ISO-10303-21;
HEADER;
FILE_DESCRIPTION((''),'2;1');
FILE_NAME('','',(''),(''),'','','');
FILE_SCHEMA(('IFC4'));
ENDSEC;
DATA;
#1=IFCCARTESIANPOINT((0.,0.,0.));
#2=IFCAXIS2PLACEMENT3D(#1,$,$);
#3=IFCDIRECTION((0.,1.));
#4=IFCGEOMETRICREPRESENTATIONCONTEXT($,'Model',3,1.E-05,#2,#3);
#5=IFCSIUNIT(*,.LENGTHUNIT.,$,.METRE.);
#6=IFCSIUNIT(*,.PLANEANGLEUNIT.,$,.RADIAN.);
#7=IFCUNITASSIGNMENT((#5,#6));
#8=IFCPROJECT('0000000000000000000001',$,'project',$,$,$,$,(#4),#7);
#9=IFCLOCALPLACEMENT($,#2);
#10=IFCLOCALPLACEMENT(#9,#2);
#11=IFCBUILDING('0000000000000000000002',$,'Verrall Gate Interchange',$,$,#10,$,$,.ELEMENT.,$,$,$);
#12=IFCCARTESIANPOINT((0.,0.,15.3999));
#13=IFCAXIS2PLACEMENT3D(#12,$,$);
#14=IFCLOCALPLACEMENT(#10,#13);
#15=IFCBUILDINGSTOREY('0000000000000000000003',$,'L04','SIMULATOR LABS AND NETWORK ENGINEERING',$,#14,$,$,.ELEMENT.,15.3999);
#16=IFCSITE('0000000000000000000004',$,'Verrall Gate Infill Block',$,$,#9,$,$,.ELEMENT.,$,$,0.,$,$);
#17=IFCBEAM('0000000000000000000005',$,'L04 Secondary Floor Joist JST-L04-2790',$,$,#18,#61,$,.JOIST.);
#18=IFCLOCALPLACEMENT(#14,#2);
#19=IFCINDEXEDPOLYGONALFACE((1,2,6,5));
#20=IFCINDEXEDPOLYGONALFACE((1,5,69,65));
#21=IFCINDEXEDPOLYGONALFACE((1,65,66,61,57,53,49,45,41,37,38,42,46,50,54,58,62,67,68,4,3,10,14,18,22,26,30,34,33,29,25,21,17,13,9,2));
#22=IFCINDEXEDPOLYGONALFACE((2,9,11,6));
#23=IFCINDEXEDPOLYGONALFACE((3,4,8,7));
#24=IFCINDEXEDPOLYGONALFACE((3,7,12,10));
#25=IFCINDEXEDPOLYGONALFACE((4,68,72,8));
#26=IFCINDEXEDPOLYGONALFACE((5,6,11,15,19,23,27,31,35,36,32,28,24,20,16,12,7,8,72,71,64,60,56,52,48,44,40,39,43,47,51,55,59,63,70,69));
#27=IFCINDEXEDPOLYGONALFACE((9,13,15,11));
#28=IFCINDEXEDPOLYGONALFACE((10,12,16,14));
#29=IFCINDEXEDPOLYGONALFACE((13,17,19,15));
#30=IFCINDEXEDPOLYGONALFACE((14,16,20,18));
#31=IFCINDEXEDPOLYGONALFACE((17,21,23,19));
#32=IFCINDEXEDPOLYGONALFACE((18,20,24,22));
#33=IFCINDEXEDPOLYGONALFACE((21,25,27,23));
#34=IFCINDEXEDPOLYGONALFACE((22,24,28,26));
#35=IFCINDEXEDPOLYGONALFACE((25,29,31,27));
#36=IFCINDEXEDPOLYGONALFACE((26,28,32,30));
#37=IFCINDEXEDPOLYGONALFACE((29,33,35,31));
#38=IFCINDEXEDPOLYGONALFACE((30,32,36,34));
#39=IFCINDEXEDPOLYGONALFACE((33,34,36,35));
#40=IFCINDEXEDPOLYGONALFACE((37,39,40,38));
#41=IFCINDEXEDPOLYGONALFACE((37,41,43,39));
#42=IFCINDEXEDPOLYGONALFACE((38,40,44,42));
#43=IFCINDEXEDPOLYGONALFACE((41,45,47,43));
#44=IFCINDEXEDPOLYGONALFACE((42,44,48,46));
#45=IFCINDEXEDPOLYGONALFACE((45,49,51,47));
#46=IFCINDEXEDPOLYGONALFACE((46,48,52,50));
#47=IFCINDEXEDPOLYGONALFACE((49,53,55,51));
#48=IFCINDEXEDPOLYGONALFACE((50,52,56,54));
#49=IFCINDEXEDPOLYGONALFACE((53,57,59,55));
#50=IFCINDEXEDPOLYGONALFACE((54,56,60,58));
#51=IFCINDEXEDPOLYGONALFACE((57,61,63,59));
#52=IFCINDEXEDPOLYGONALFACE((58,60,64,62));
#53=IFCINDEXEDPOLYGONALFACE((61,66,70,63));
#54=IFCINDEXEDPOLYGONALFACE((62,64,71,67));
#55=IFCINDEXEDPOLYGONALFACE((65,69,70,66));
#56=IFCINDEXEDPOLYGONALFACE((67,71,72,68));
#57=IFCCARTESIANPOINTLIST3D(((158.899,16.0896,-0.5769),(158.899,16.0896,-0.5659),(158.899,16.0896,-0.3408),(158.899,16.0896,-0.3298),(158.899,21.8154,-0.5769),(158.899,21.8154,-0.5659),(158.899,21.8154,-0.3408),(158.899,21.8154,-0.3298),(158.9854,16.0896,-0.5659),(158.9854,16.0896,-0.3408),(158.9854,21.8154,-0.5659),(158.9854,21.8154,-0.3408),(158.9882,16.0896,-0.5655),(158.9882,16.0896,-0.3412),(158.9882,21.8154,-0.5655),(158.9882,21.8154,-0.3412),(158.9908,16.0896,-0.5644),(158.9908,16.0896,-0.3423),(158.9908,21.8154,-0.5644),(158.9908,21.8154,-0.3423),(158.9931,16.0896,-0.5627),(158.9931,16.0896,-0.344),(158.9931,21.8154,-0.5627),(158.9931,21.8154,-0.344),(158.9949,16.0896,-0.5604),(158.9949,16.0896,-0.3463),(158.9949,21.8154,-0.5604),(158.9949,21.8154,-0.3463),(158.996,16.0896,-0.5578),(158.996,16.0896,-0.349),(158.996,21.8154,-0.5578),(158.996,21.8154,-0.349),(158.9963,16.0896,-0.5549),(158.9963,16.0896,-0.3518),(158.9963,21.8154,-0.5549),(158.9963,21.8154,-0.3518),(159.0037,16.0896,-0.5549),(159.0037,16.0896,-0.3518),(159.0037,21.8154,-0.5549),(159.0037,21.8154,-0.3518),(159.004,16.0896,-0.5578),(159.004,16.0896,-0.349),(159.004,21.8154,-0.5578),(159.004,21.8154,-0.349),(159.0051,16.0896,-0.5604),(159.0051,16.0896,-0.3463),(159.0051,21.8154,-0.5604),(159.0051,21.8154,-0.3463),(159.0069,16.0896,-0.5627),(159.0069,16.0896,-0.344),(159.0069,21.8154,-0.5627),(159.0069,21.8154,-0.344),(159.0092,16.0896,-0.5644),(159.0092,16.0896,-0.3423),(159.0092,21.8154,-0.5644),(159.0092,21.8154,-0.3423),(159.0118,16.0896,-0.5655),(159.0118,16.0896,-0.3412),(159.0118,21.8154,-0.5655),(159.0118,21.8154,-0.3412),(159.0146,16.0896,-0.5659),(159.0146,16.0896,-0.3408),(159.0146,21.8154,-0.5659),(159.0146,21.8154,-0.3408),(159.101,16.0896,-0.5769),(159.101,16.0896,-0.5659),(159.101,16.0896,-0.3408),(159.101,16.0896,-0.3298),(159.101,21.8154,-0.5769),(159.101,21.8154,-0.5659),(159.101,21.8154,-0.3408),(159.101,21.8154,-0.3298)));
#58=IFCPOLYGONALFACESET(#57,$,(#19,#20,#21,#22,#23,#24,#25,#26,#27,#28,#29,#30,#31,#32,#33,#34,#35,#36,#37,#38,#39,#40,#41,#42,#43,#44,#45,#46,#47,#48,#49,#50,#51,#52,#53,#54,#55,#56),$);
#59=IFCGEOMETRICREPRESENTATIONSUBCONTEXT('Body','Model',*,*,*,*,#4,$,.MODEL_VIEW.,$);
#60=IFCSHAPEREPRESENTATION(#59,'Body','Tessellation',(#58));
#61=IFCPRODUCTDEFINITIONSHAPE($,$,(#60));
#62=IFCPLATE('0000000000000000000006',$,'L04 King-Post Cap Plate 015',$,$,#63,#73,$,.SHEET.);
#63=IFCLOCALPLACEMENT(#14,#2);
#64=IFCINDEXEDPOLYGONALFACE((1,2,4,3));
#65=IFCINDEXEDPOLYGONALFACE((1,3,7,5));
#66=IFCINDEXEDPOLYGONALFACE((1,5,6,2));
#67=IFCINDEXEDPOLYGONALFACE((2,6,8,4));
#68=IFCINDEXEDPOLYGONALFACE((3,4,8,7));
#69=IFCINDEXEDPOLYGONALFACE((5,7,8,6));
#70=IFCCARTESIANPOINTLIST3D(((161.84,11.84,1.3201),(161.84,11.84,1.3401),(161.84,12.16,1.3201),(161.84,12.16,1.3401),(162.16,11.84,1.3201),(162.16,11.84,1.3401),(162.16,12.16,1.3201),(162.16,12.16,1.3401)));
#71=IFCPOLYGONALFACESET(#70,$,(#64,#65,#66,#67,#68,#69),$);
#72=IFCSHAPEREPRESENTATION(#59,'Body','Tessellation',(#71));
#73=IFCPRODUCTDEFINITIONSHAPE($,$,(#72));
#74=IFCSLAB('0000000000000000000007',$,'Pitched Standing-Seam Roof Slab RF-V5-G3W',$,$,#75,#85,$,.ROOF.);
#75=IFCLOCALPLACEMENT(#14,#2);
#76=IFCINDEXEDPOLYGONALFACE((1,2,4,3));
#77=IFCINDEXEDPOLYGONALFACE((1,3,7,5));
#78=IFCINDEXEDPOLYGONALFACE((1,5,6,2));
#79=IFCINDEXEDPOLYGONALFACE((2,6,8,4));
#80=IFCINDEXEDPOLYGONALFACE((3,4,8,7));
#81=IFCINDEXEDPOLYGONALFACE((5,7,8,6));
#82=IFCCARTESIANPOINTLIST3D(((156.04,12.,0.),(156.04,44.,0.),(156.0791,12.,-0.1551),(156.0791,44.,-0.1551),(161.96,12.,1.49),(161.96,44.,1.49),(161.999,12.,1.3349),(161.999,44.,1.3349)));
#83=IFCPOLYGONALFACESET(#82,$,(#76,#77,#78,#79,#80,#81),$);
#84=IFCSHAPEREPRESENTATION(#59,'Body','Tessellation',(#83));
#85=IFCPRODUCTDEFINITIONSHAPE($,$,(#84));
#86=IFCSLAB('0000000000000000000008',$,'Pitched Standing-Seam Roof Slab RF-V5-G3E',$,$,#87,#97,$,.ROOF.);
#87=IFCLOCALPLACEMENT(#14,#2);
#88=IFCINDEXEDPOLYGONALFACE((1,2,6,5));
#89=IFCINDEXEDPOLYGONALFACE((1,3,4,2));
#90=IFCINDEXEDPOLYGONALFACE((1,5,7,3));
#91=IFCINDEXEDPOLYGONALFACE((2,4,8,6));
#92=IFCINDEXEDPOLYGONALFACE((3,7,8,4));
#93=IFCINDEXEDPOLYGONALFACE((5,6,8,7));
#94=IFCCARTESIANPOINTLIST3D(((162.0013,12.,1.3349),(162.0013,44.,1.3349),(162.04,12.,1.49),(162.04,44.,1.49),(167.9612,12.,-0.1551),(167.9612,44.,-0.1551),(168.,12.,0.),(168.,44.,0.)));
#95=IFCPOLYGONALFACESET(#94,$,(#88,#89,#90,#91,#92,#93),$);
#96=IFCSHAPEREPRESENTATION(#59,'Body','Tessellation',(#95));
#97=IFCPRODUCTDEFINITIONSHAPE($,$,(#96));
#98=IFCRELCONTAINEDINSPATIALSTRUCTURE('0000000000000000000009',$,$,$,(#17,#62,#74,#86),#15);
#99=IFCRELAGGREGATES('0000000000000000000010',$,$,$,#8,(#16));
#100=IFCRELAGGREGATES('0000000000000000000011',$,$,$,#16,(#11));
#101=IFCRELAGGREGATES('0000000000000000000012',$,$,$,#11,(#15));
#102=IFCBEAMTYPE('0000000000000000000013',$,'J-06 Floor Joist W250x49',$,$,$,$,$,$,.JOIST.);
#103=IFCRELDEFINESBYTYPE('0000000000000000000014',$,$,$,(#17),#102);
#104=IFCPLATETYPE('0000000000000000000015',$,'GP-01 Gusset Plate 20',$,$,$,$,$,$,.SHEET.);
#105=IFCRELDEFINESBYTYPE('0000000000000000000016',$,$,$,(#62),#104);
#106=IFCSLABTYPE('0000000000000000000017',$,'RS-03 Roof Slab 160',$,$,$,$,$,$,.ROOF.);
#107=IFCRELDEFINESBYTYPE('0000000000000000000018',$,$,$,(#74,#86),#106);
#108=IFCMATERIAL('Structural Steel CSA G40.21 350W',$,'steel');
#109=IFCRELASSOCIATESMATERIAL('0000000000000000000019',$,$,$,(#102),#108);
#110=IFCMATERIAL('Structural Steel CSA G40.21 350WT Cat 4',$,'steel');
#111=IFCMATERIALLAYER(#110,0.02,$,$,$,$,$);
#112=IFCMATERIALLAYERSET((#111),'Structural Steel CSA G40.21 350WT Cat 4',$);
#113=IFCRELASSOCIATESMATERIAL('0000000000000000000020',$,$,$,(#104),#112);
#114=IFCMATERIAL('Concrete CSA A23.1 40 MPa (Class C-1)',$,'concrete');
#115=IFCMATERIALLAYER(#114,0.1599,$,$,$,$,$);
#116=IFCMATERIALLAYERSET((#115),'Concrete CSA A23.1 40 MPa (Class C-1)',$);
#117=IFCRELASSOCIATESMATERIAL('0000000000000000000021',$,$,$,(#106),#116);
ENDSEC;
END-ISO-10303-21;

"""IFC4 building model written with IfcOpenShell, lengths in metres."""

from ifc_helpers import new_model, si_unit, direction, frame, origin, origin_2d, place, context, subcontext, project, spatial, polyline, rectangle, i_section, outline, extrude, material, layer, layer_set, material_profile, profile_set, type_object, element, save


model = new_model("IFC4")

# Units and contexts
model_context = context("Model", 3, precision=1e-05, world=origin(), true_north=direction((0.0, 1.0)))
body_context = subcontext(model_context, "Body", "Model", "MODEL_VIEW")
ifc_project = project(units=[si_unit("LENGTHUNIT", "METRE"), si_unit("PLANEANGLEUNIT", "RADIAN")], contexts=[model_context])

# Site, building, storey
site_placement = place(None, origin())
site = spatial("IfcSite", under=ifc_project, at=site_placement, Name="Verrall Gate Infill Block", CompositionType="ELEMENT", RefElevation=0.0)
building_placement = place(site_placement, origin())
building = spatial("IfcBuilding", under=site, at=building_placement, Name="Verrall Gate Interchange", CompositionType="ELEMENT")
storey_placement = place(building_placement, frame((0.0, 0.0, 15.3999)))
storey = spatial("IfcBuildingStorey", under=building, at=storey_placement, Name="L04", Description="SIMULATOR LABS AND NETWORK ENGINEERING", CompositionType="ELEMENT", Elevation=15.3999)

# Beam
ifc_material_1 = material(Name="Structural Steel CSA G40.21 350W", Category="steel")
ifc_material_profile_1 = material_profile(ifc_material_1, i_section(OverallWidth=0.2019, OverallDepth=0.2471, WebThickness=0.0073, FlangeThickness=0.011, FilletRadius=0.011, at=origin_2d()), Name="W250x49")
ifc_profile_set_1 = profile_set([ifc_material_profile_1], Name="Structural Steel CSA G40.21 350W")
beam_type_1 = type_object("IfcBeamType", Name="J-06 Floor Joist W250x49", PredefinedType="JOIST", material=ifc_profile_set_1)
beam_1_placement = place(storey_placement, frame((159.0, 16.0896, -0.4534), z_axis=(0.0, 1.0, 0.0), x_axis=(-1.0, 0.0, 0.0)))
element("IfcBeam", 1, at=beam_1_placement, inside=storey, type_object=beam_type_1, Name="L04 Secondary Floor Joist JST-L04-2790", PredefinedType="JOIST", context=body_context, shape_type="SweptSolid", body=[
    extrude(i_section(OverallWidth=0.2019, OverallDepth=0.2471, WebThickness=0.0073, FlangeThickness=0.011, FilletRadius=0.011, at=origin_2d()), origin(), (0.0, 0.0, 1.0), 5.7258),
])

# Plate
ifc_material_2 = material(Name="Structural Steel CSA G40.21 350WT Cat 4", Category="steel")
ifc_layer_1 = layer(ifc_material_2, 0.02)
ifc_layer_set_1 = layer_set([ifc_layer_1], Name="Structural Steel CSA G40.21 350WT Cat 4")
plate_type = type_object("IfcPlateType", Name="GP-01 Gusset Plate 20", PredefinedType="SHEET", material=ifc_layer_set_1)
plate_placement = place(storey_placement, frame((162.0, 12.0, 1.3201), z_axis=(0.0, 0.0, 1.0), x_axis=(1.0, 0.0, 0.0)))
element("IfcPlate", 2, at=plate_placement, inside=storey, type_object=plate_type, Name="L04 King-Post Cap Plate 015", PredefinedType="SHEET", context=body_context, shape_type="SweptSolid", body=[
    extrude(rectangle(XDim=0.3201, YDim=0.3201, at=origin_2d()), origin(), (0.0, 0.0, 1.0), 0.02),
])

# Slabs
ifc_material_3 = material(Name="Concrete CSA A23.1 40 MPa (Class C-1)", Category="concrete")
ifc_layer_2 = layer(ifc_material_3, 0.1599)
ifc_layer_set_2 = layer_set([ifc_layer_2], Name="Concrete CSA A23.1 40 MPa (Class C-1)")
slab_type = type_object("IfcSlabType", Name="RS-03 Roof Slab 160", PredefinedType="ROOF", material=ifc_layer_set_2)
slab_1_placement = place(storey_placement, frame((156.04, 12.0, 0.0), z_axis=(-0.244079, 0.0, 0.969755), x_axis=(0.969755, 0.0, 0.244079)))
element("IfcSlab", 3, at=slab_1_placement, inside=storey, type_object=slab_type, Name="Pitched Standing-Seam Roof Slab RF-V5-G3W", PredefinedType="ROOF", context=body_context, shape_type="SweptSolid", body=[
    extrude(outline(polyline([(0.0, 0.0), (6.1046, 0.0), (6.1046, 32.0), (0.0, 32.0), (0.0, 0.0)])), origin(), (0.0, 0.0, -1.0), 0.1599),
])
slab_2_placement = place(storey_placement, frame((162.04, 12.0, 1.49), z_axis=(0.242536, 0.0, 0.970143), x_axis=(0.970143, 0.0, -0.242536)))
element("IfcSlab", 4, at=slab_2_placement, inside=storey, type_object=slab_type, Name="Pitched Standing-Seam Roof Slab RF-V5-G3E", PredefinedType="ROOF", context=body_context, shape_type="SweptSolid", body=[
    extrude(outline(polyline([(0.0, 0.0), (6.1434, 0.0), (6.1434, 32.0), (0.0, 32.0), (0.0, 0.0)])), origin(), (0.0, 0.0, -1.0), 0.1599),
])

save(model, "model.ifc")
